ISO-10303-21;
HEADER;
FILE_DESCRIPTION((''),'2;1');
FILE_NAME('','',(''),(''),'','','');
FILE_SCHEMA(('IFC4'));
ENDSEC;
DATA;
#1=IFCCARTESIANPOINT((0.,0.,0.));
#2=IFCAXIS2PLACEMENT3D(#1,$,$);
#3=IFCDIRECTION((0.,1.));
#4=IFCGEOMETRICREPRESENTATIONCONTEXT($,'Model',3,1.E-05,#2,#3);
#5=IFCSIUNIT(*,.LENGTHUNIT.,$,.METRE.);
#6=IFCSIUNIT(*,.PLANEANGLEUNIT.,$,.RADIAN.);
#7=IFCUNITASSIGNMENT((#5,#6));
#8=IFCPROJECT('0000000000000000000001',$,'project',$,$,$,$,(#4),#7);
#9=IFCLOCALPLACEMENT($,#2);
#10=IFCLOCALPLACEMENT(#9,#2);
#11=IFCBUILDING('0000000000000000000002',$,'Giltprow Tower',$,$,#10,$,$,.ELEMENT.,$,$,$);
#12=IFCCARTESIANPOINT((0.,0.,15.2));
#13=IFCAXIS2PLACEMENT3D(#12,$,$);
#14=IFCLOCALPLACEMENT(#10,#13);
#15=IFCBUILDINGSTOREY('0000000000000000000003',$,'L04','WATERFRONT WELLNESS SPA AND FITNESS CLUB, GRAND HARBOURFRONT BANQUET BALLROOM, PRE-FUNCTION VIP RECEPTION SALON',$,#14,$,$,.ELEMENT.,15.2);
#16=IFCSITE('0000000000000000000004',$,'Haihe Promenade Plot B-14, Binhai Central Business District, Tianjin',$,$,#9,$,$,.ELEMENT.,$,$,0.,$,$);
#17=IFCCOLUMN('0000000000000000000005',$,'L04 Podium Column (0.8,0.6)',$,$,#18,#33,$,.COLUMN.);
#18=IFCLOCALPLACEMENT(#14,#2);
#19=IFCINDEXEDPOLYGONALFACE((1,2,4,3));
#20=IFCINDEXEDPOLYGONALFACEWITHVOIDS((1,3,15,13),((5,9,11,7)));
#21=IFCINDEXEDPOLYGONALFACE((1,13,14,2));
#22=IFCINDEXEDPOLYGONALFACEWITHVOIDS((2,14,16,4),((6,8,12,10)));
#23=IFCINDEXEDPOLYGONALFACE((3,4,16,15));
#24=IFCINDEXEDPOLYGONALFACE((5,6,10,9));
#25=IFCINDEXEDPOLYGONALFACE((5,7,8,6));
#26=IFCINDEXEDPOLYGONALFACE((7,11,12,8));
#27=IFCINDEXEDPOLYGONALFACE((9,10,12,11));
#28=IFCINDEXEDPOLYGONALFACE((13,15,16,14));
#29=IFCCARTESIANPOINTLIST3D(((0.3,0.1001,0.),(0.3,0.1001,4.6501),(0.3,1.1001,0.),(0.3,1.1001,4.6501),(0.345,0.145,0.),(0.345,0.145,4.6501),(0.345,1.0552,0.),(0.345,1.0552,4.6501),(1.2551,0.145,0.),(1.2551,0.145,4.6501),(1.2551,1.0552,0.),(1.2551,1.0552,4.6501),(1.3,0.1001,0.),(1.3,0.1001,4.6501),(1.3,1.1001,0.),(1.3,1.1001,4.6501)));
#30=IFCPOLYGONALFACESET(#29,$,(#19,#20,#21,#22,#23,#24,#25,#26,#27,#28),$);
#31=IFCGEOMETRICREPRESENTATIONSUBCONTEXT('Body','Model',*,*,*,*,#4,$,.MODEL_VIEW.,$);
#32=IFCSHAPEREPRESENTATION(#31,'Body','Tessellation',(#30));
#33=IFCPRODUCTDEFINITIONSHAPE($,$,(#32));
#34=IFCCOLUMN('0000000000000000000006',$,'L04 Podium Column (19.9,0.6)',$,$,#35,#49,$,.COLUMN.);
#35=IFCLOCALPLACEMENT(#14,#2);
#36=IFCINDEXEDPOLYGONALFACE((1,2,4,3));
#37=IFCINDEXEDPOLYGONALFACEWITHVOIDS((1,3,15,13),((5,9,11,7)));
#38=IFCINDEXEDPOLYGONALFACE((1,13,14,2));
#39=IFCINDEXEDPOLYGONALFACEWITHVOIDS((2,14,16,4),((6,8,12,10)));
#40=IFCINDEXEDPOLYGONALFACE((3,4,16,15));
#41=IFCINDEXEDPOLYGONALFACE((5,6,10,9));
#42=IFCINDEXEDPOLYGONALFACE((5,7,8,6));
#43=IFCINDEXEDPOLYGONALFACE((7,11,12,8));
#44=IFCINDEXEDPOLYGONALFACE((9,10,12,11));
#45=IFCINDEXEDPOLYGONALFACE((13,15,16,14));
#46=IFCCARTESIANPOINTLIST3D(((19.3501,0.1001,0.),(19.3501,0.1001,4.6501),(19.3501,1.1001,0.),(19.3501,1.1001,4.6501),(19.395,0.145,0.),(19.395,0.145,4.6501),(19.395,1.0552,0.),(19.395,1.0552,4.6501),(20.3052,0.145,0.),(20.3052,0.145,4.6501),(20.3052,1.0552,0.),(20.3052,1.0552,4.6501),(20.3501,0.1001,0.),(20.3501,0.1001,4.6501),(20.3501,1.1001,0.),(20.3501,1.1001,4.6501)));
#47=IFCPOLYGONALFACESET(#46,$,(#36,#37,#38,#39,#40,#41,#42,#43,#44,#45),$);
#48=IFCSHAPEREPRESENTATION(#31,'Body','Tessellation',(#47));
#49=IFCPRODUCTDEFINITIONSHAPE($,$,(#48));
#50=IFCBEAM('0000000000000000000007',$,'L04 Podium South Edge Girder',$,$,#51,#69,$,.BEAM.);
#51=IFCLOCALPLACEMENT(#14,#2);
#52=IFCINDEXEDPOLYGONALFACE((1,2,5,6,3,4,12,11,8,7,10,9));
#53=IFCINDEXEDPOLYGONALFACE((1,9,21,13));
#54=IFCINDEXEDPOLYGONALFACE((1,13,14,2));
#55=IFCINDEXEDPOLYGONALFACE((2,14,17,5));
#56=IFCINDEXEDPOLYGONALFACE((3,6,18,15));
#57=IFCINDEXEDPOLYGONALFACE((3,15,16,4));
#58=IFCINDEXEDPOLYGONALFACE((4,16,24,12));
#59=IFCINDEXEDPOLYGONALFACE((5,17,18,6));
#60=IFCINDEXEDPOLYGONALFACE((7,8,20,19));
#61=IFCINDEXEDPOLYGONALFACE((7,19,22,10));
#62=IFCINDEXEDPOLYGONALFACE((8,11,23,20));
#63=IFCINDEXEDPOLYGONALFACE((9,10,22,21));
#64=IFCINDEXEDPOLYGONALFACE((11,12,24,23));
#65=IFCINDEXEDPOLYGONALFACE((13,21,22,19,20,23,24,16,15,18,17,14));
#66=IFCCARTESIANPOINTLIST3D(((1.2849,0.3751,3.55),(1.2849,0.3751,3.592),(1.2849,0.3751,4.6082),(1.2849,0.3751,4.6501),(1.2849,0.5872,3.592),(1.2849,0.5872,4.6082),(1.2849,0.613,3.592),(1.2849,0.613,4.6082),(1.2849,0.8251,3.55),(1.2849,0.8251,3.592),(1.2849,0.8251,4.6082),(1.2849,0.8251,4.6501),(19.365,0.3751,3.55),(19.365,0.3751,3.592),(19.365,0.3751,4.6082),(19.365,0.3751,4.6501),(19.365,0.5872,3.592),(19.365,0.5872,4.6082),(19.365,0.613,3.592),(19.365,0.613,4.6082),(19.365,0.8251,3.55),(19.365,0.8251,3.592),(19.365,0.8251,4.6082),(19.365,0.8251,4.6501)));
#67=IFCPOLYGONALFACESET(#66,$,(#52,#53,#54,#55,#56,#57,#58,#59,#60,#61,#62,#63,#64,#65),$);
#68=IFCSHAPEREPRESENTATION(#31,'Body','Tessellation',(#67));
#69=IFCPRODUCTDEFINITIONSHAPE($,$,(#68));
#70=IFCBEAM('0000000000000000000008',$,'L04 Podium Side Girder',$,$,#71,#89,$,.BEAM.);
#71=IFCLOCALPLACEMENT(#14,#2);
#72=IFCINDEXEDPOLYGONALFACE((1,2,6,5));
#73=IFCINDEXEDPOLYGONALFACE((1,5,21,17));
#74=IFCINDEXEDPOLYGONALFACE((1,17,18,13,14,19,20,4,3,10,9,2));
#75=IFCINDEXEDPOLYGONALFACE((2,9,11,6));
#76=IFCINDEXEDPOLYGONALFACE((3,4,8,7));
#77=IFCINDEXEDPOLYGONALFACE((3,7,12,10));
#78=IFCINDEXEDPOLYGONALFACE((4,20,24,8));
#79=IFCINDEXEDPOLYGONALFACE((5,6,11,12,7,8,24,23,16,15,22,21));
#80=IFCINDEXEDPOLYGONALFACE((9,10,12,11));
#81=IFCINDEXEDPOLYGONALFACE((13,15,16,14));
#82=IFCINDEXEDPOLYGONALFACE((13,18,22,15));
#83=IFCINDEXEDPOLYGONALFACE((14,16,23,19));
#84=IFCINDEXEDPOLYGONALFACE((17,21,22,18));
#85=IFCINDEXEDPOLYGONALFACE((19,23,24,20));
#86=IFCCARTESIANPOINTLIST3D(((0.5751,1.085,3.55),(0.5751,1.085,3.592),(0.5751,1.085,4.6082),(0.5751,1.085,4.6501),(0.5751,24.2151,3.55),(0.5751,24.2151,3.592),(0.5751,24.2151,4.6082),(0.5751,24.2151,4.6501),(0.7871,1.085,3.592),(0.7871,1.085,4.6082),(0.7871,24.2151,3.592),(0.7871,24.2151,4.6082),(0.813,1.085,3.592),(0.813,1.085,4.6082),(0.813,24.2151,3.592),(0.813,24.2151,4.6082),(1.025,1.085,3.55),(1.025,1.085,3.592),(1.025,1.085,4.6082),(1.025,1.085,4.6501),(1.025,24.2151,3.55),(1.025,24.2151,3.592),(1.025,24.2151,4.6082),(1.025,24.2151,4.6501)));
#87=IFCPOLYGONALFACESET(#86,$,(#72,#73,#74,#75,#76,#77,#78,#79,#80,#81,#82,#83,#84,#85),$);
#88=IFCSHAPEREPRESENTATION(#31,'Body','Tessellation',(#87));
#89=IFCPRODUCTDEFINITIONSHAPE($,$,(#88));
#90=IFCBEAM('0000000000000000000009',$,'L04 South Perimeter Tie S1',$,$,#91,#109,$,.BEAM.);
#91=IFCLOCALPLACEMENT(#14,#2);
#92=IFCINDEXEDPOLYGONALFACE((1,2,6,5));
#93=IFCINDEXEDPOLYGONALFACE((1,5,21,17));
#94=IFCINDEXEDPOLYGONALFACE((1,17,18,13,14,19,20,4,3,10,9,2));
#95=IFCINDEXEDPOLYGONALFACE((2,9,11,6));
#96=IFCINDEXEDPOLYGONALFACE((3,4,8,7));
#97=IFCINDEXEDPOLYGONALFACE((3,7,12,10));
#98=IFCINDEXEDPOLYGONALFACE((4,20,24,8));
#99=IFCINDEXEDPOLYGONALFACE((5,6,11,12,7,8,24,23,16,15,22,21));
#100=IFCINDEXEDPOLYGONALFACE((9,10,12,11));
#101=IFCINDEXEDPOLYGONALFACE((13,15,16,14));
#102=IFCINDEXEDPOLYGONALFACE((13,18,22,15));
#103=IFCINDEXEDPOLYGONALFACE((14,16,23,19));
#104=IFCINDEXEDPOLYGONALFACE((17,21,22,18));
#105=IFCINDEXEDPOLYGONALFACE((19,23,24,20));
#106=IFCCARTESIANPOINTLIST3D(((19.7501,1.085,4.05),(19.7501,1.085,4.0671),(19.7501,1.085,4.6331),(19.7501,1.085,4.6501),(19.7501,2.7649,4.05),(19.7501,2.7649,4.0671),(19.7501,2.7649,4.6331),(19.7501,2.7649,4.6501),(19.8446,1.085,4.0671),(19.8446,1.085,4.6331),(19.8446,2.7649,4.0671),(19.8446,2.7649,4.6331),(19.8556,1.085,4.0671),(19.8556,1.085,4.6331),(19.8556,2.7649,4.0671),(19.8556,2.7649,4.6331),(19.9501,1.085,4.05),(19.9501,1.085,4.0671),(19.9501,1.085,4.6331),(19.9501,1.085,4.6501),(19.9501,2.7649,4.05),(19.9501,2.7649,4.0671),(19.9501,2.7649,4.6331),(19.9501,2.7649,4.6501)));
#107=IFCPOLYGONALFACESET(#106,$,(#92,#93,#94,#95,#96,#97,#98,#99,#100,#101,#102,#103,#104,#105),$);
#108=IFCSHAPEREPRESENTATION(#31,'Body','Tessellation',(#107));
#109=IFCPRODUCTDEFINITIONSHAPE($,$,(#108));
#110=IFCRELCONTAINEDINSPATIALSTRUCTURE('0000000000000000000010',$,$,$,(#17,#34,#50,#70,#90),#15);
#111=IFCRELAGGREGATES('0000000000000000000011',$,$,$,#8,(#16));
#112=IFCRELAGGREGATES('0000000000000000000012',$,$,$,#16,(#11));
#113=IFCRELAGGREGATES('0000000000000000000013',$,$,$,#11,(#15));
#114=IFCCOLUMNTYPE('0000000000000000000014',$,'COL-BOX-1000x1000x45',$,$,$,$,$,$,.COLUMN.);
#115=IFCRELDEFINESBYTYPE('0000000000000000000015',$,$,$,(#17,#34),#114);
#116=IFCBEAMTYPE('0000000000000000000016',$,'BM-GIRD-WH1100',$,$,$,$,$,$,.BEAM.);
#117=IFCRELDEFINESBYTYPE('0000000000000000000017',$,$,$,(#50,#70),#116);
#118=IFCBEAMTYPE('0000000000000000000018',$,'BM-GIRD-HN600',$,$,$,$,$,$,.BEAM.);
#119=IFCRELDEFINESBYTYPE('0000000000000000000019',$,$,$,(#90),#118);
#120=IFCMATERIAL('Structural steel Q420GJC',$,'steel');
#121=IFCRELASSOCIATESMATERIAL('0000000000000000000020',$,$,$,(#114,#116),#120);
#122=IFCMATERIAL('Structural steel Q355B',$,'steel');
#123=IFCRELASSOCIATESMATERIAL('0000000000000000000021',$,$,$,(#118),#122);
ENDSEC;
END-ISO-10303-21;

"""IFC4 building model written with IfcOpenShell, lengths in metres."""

from ifc_helpers import new_model, si_unit, direction, frame, origin, origin_2d, place, context, subcontext, project, spatial, hollow_rectangle, i_section, extrude, source, transform, mapped, material, material_profile, profile_set, type_object, element, save


model = new_model("IFC4")

# Units and contexts
model_context = context("Model", 3, precision=1e-05, world=origin(), true_north=direction((0.0, 1.0)))
body_context = subcontext(model_context, "Body", "Model", "MODEL_VIEW")
ifc_project = project(units=[si_unit("LENGTHUNIT", "METRE"), si_unit("PLANEANGLEUNIT", "RADIAN")], contexts=[model_context])

# Site, building, storey
site_placement = place(None, origin())
site = spatial("IfcSite", under=ifc_project, at=site_placement, Name="Haihe Promenade Plot B-14, Binhai Central Business District, Tianjin", CompositionType="ELEMENT", RefElevation=0.0)
building_placement = place(site_placement, origin())
building = spatial("IfcBuilding", under=site, at=building_placement, Name="Giltprow Tower", CompositionType="ELEMENT")
storey_placement = place(building_placement, frame((0.0, 0.0, 15.2)))
storey = spatial("IfcBuildingStorey", under=building, at=storey_placement, Name="L04", Description="WATERFRONT WELLNESS SPA AND FITNESS CLUB, GRAND HARBOURFRONT BANQUET BALLROOM, PRE-FUNCTION VIP RECEPTION SALON", CompositionType="ELEMENT", Elevation=15.2)

# Columns
ifc_material_1 = material(Name="Structural steel Q420GJC", Category="steel")
ifc_material_profile_1 = material_profile(ifc_material_1, hollow_rectangle(XDim=1.0, YDim=1.0, WallThickness=0.0449, at=origin_2d()), Name="BOX 1000x1000x45")
ifc_profile_set_1 = profile_set([ifc_material_profile_1], Name="Structural steel Q420GJC")
column_type = type_object("IfcColumnType", Name="COL-BOX-1000x1000x45", PredefinedType="COLUMN", material=ifc_profile_set_1)
shared_shape_1 = source(origin(), body_context, "Body", "SweptSolid", [
    extrude(hollow_rectangle(XDim=1.0, YDim=1.0, WallThickness=0.0449, at=origin_2d()), origin(), (0.0, 0.0, 1.0), 4.6501),
])
for number, where, z_axis, x_axis, name in (
    (1, (0.8, 0.6001, 0.0), (0.0, 0.0, 1.0), (1.0, 0.0, 0.0), "L04 Podium Column (0.8,0.6)"),
    (2, (19.8501, 0.6001, 0.0), (0.0, 0.0, 1.0), (1.0, 0.0, 0.0), "L04 Podium Column (19.9,0.6)"),
):
    element("IfcColumn", number, at=place(storey_placement, frame(where, z_axis=z_axis, x_axis=x_axis)), inside=storey, type_object=column_type, Name=name, PredefinedType="COLUMN", context=body_context, shape_type="MappedRepresentation", body=[
        mapped(shared_shape_1, transform((0.0, 0.0, 0.0), x_axis=(1.0, 0.0, 0.0), y_axis=(0.0, 1.0, 0.0), z_axis=(0.0, 0.0, 1.0), scale=1.0)),
    ])

# Beams
ifc_material_profile_2 = material_profile(ifc_material_1, i_section(OverallWidth=0.45, OverallDepth=1.1001, WebThickness=0.0259, FlangeThickness=0.042, at=origin_2d()), Name="WH 1100x450x26x42")
ifc_profile_set_2 = profile_set([ifc_material_profile_2], Name="Structural steel Q420GJC")
beam_type_1 = type_object("IfcBeamType", Name="BM-GIRD-WH1100", PredefinedType="BEAM", material=ifc_profile_set_2)
shared_shape_2 = source(origin(), body_context, "Body", "SweptSolid", [
    extrude(i_section(OverallWidth=0.45, OverallDepth=1.1001, WebThickness=0.0259, FlangeThickness=0.042, at=origin_2d()), origin(), (0.0, 0.0, 1.0), 18.0801),
])
beam_1_placement = place(storey_placement, frame((1.2849, 0.6001, 4.1001), z_axis=(1.0, 0.0, 0.0), x_axis=(0.0, 1.0, 0.0)))
element("IfcBeam", 3, at=beam_1_placement, inside=storey, type_object=beam_type_1, Name="L04 Podium South Edge Girder", PredefinedType="BEAM", context=body_context, shape_type="MappedRepresentation", body=[
    mapped(shared_shape_2, transform((0.0, 0.0, 0.0), x_axis=(1.0, 0.0, 0.0), y_axis=(0.0, 1.0, 0.0), z_axis=(0.0, 0.0, 1.0), scale=1.0)),
])
shared_shape_3 = source(origin(), body_context, "Body", "SweptSolid", [
    extrude(i_section(OverallWidth=0.45, OverallDepth=1.1001, WebThickness=0.0259, FlangeThickness=0.042, at=origin_2d()), origin(), (0.0, 0.0, 1.0), 23.1301),
])
beam_2_placement = place(storey_placement, frame((0.8, 1.085, 4.1001), z_axis=(0.0, 1.0, 0.0), x_axis=(-1.0, 0.0, 0.0)))
element("IfcBeam", 4, at=beam_2_placement, inside=storey, type_object=beam_type_1, Name="L04 Podium Side Girder", PredefinedType="BEAM", context=body_context, shape_type="MappedRepresentation", body=[
    mapped(shared_shape_3, transform((0.0, 0.0, 0.0), x_axis=(1.0, 0.0, 0.0), y_axis=(0.0, 1.0, 0.0), z_axis=(0.0, 0.0, 1.0), scale=1.0)),
])
ifc_material_2 = material(Name="Structural steel Q355B", Category="steel")
ifc_material_profile_3 = material_profile(ifc_material_2, i_section(OverallWidth=0.2, OverallDepth=0.6001, WebThickness=0.011, FlangeThickness=0.0171, at=origin_2d()), Name="HN 600x200x11x17")
ifc_profile_set_3 = profile_set([ifc_material_profile_3], Name="Structural steel Q355B")
beam_type_2 = type_object("IfcBeamType", Name="BM-GIRD-HN600", PredefinedType="BEAM", material=ifc_profile_set_3)
shared_shape_4 = source(origin(), body_context, "Body", "SweptSolid", [
    extrude(i_section(OverallWidth=0.2, OverallDepth=0.6001, WebThickness=0.011, FlangeThickness=0.0171, at=origin_2d()), origin(), (0.0, 0.0, 1.0), 1.6799),
])
beam_3_placement = place(storey_placement, frame((19.8501, 1.085, 4.3501), z_axis=(0.0, 1.0, 0.0), x_axis=(-1.0, 0.0, 0.0)))
element("IfcBeam", 5, at=beam_3_placement, inside=storey, type_object=beam_type_2, Name="L04 South Perimeter Tie S1", PredefinedType="BEAM", context=body_context, shape_type="MappedRepresentation", body=[
    mapped(shared_shape_4, transform((0.0, 0.0, 0.0), x_axis=(1.0, 0.0, 0.0), y_axis=(0.0, 1.0, 0.0), z_axis=(0.0, 0.0, 1.0), scale=1.0)),
])

save(model, "model.ifc")
